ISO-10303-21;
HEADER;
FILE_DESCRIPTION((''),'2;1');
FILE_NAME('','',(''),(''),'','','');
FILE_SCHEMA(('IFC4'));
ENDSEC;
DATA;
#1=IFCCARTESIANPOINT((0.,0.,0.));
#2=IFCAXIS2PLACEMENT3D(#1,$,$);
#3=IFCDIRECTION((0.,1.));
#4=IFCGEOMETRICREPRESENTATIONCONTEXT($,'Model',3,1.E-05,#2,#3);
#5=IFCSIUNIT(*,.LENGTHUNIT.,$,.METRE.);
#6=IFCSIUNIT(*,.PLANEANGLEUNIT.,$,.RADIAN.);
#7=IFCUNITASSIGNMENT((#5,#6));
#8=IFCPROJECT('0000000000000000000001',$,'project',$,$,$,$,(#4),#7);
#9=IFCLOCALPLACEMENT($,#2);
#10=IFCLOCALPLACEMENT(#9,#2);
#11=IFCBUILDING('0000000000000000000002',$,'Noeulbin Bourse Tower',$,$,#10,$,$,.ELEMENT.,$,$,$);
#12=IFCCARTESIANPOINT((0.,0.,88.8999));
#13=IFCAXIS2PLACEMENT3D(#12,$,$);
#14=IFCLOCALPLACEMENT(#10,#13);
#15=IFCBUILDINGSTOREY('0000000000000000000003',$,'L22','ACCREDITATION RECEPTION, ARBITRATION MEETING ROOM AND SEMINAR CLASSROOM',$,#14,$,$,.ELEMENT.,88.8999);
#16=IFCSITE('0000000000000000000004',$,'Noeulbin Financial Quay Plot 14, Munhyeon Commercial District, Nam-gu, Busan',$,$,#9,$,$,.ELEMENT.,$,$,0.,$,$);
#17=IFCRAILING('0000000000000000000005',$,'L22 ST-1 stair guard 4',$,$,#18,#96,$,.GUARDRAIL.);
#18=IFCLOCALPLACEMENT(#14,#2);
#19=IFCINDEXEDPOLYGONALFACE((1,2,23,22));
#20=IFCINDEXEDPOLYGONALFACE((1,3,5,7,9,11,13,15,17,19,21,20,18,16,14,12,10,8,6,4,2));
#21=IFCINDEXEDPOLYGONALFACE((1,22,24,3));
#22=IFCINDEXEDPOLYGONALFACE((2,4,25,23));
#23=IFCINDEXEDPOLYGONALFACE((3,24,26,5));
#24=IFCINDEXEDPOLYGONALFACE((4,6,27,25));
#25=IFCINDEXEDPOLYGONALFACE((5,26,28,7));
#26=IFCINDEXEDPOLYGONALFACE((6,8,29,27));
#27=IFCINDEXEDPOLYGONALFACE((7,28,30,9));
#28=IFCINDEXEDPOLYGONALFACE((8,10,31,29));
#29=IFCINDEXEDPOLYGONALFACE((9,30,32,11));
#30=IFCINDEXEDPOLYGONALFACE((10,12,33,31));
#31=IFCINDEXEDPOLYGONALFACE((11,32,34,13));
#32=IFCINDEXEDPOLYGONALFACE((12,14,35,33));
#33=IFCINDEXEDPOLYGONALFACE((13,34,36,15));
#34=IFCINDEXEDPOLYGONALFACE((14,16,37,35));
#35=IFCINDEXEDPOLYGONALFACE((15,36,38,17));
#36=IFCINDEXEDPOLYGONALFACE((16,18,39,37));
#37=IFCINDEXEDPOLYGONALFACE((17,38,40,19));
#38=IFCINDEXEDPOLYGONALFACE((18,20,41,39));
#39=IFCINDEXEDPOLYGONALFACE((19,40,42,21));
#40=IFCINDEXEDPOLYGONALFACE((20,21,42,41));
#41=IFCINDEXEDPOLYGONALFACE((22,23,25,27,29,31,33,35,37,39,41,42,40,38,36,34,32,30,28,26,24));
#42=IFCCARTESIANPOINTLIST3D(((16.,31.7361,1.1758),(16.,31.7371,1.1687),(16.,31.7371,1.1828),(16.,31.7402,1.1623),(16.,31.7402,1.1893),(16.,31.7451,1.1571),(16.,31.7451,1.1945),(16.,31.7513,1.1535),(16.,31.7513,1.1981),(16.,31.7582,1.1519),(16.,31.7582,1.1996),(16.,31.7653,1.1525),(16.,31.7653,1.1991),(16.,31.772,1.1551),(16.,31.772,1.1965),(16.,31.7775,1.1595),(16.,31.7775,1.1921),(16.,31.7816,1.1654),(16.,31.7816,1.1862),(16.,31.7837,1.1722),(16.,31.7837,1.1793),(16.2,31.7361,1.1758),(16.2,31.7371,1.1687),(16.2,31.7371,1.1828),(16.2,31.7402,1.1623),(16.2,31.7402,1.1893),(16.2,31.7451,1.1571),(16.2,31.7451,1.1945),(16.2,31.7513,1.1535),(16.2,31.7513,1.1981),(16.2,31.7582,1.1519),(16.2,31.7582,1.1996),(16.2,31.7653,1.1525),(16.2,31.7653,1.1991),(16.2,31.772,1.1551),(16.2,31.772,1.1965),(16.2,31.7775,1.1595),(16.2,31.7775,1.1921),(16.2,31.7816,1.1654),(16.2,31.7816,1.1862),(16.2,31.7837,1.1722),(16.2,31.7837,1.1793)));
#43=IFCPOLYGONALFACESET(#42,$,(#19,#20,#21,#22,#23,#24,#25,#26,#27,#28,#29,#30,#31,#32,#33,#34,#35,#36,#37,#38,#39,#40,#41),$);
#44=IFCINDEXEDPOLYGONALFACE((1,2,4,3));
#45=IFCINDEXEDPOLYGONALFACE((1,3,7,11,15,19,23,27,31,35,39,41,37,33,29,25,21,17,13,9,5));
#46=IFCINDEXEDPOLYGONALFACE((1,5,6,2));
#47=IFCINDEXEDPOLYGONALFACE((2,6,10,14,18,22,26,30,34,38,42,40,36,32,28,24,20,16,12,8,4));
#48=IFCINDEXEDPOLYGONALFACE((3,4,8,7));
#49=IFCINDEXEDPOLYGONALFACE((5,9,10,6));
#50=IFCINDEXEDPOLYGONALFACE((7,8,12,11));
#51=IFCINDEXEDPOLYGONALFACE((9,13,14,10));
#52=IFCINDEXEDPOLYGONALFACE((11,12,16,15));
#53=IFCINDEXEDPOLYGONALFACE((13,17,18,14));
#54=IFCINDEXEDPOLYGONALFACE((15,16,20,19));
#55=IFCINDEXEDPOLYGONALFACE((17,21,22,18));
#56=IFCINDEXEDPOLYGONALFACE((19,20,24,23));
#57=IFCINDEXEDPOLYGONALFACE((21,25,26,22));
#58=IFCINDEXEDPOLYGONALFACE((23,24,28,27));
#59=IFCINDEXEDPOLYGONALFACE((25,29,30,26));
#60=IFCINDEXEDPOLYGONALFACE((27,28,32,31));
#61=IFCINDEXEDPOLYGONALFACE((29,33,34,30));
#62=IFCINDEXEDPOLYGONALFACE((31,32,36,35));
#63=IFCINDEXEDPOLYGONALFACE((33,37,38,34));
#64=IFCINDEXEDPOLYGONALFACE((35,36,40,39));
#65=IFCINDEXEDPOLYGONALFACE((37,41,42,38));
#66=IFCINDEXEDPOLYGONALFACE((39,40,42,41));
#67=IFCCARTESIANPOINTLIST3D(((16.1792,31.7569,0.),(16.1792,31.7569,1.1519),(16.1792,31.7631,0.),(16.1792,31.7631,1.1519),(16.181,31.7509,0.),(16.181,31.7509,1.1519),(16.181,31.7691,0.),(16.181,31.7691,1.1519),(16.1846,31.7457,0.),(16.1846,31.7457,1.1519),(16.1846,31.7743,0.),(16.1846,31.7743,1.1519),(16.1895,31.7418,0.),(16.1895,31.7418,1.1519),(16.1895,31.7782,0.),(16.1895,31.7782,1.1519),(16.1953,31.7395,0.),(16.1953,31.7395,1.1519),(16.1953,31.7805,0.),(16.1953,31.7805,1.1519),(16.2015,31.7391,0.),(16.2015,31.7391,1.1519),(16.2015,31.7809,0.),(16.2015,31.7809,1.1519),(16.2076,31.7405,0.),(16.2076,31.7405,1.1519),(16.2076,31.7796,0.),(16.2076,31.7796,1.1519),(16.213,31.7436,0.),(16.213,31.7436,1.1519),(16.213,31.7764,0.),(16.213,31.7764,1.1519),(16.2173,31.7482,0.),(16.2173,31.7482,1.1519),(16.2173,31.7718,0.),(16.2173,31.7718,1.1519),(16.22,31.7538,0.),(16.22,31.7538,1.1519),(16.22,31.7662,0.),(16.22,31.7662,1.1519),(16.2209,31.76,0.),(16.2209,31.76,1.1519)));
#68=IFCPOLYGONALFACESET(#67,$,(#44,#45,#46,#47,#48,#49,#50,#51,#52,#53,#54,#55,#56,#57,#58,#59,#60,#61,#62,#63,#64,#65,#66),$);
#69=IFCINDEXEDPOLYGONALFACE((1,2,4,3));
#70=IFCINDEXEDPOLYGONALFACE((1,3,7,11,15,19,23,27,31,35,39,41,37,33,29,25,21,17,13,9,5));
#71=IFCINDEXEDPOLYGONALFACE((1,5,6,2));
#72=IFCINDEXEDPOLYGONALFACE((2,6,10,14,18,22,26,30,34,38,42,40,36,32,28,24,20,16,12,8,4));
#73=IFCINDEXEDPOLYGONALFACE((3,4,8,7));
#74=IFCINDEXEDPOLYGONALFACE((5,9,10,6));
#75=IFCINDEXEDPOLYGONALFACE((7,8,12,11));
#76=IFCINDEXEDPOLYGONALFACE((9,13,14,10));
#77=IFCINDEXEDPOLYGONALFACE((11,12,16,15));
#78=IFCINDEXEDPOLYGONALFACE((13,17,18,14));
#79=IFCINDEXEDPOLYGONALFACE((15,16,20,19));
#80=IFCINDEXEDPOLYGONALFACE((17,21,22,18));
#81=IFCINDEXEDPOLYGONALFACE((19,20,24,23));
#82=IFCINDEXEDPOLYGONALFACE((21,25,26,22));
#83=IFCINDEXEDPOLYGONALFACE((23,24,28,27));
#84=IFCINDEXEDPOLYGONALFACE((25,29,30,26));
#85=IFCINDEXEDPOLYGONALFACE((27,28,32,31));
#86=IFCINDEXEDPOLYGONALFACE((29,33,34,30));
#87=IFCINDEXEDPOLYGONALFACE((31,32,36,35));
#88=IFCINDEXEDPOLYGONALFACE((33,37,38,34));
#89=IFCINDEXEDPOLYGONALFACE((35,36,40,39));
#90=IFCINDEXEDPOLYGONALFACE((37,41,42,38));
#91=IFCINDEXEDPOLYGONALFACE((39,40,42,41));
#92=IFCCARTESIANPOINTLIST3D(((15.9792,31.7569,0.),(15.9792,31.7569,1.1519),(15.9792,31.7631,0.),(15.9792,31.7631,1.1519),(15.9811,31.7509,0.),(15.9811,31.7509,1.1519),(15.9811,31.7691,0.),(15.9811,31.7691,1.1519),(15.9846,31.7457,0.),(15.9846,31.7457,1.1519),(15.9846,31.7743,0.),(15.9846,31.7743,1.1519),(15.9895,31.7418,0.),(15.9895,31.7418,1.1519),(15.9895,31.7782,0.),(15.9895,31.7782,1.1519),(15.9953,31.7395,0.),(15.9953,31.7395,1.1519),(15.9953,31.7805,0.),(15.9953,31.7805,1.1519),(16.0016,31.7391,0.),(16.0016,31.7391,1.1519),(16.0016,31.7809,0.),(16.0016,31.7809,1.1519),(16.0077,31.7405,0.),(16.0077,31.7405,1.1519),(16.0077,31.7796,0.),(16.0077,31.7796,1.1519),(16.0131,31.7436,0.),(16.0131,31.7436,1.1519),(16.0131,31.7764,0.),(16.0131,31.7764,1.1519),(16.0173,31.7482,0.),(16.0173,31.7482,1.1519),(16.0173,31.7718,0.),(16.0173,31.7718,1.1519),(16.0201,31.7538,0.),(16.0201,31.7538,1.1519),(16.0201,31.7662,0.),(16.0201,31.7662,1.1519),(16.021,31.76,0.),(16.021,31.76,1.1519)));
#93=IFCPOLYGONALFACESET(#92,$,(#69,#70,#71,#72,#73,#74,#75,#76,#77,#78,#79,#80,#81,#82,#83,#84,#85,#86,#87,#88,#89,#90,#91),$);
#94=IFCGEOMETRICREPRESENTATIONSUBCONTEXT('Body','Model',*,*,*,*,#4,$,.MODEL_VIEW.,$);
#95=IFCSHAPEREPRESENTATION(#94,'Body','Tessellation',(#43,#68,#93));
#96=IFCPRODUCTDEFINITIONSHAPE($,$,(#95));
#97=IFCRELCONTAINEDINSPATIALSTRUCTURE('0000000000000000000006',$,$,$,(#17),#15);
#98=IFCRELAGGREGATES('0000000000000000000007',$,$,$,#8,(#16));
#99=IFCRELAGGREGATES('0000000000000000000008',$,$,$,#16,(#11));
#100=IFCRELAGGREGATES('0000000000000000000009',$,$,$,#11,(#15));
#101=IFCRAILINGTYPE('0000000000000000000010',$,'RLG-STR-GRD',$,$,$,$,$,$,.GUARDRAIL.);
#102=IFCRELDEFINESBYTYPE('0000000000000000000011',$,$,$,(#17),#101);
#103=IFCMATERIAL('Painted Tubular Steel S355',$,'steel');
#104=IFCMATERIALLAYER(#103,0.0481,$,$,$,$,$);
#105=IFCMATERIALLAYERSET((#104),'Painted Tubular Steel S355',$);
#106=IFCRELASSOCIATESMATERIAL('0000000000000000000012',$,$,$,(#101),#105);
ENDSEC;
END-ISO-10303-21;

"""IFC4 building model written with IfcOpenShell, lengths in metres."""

from ifc_helpers import new_model, si_unit, direction, frame, origin, origin_2d, place, context, subcontext, project, spatial, circle, extrude, material, layer, layer_set, type_object, element, save


model = new_model("IFC4")

# Units and contexts
model_context = context("Model", 3, precision=1e-05, world=origin(), true_north=direction((0.0, 1.0)))
body_context = subcontext(model_context, "Body", "Model", "MODEL_VIEW")
ifc_project = project(units=[si_unit("LENGTHUNIT", "METRE"), si_unit("PLANEANGLEUNIT", "RADIAN")], contexts=[model_context])

# Site, building, storey
site_placement = place(None, origin())
site = spatial("IfcSite", under=ifc_project, at=site_placement, Name="Noeulbin Financial Quay Plot 14, Munhyeon Commercial District, Nam-gu, Busan", CompositionType="ELEMENT", RefElevation=0.0)
building_placement = place(site_placement, origin())
building = spatial("IfcBuilding", under=site, at=building_placement, Name="Noeulbin Bourse Tower", CompositionType="ELEMENT")
storey_placement = place(building_placement, frame((0.0, 0.0, 88.8999)))
storey = spatial("IfcBuildingStorey", under=building, at=storey_placement, Name="L22", Description="ACCREDITATION RECEPTION, ARBITRATION MEETING ROOM AND SEMINAR CLASSROOM", CompositionType="ELEMENT", Elevation=88.8999)

# Railing
ifc_material_1 = material(Name="Painted Tubular Steel S355", Category="steel")
ifc_layer_1 = layer(ifc_material_1, 0.0481)
ifc_layer_set_1 = layer_set([ifc_layer_1], Name="Painted Tubular Steel S355")
railing_type_1 = type_object("IfcRailingType", Name="RLG-STR-GRD", PredefinedType="GUARDRAIL", material=ifc_layer_set_1)
railing_1_placement = place(storey_placement, frame((16.2, 31.76, 0.0)))
element("IfcRailing", 1, at=railing_1_placement, inside=storey, type_object=railing_type_1, Name="L22 ST-1 stair guard 4", PredefinedType="GUARDRAIL", context=body_context, shape_type="SweptSolid", body=[
    extrude(circle(Radius=0.0239, at=origin_2d()), frame((0.0, 0.0, 1.1758), z_axis=(-1.0, 0.0, 0.0), x_axis=(0.0, -1.0, 0.0)), (0.0, 0.0, 1.0), 0.2),
    extrude(circle(Radius=0.021, at=origin_2d()), origin(), (0.0, 0.0, 1.0), 1.1519),
    extrude(circle(Radius=0.021, at=origin_2d()), frame((-0.2, 0.0, 0.0)), (0.0, 0.0, 1.0), 1.1519),
])

save(model, "model.ifc")
